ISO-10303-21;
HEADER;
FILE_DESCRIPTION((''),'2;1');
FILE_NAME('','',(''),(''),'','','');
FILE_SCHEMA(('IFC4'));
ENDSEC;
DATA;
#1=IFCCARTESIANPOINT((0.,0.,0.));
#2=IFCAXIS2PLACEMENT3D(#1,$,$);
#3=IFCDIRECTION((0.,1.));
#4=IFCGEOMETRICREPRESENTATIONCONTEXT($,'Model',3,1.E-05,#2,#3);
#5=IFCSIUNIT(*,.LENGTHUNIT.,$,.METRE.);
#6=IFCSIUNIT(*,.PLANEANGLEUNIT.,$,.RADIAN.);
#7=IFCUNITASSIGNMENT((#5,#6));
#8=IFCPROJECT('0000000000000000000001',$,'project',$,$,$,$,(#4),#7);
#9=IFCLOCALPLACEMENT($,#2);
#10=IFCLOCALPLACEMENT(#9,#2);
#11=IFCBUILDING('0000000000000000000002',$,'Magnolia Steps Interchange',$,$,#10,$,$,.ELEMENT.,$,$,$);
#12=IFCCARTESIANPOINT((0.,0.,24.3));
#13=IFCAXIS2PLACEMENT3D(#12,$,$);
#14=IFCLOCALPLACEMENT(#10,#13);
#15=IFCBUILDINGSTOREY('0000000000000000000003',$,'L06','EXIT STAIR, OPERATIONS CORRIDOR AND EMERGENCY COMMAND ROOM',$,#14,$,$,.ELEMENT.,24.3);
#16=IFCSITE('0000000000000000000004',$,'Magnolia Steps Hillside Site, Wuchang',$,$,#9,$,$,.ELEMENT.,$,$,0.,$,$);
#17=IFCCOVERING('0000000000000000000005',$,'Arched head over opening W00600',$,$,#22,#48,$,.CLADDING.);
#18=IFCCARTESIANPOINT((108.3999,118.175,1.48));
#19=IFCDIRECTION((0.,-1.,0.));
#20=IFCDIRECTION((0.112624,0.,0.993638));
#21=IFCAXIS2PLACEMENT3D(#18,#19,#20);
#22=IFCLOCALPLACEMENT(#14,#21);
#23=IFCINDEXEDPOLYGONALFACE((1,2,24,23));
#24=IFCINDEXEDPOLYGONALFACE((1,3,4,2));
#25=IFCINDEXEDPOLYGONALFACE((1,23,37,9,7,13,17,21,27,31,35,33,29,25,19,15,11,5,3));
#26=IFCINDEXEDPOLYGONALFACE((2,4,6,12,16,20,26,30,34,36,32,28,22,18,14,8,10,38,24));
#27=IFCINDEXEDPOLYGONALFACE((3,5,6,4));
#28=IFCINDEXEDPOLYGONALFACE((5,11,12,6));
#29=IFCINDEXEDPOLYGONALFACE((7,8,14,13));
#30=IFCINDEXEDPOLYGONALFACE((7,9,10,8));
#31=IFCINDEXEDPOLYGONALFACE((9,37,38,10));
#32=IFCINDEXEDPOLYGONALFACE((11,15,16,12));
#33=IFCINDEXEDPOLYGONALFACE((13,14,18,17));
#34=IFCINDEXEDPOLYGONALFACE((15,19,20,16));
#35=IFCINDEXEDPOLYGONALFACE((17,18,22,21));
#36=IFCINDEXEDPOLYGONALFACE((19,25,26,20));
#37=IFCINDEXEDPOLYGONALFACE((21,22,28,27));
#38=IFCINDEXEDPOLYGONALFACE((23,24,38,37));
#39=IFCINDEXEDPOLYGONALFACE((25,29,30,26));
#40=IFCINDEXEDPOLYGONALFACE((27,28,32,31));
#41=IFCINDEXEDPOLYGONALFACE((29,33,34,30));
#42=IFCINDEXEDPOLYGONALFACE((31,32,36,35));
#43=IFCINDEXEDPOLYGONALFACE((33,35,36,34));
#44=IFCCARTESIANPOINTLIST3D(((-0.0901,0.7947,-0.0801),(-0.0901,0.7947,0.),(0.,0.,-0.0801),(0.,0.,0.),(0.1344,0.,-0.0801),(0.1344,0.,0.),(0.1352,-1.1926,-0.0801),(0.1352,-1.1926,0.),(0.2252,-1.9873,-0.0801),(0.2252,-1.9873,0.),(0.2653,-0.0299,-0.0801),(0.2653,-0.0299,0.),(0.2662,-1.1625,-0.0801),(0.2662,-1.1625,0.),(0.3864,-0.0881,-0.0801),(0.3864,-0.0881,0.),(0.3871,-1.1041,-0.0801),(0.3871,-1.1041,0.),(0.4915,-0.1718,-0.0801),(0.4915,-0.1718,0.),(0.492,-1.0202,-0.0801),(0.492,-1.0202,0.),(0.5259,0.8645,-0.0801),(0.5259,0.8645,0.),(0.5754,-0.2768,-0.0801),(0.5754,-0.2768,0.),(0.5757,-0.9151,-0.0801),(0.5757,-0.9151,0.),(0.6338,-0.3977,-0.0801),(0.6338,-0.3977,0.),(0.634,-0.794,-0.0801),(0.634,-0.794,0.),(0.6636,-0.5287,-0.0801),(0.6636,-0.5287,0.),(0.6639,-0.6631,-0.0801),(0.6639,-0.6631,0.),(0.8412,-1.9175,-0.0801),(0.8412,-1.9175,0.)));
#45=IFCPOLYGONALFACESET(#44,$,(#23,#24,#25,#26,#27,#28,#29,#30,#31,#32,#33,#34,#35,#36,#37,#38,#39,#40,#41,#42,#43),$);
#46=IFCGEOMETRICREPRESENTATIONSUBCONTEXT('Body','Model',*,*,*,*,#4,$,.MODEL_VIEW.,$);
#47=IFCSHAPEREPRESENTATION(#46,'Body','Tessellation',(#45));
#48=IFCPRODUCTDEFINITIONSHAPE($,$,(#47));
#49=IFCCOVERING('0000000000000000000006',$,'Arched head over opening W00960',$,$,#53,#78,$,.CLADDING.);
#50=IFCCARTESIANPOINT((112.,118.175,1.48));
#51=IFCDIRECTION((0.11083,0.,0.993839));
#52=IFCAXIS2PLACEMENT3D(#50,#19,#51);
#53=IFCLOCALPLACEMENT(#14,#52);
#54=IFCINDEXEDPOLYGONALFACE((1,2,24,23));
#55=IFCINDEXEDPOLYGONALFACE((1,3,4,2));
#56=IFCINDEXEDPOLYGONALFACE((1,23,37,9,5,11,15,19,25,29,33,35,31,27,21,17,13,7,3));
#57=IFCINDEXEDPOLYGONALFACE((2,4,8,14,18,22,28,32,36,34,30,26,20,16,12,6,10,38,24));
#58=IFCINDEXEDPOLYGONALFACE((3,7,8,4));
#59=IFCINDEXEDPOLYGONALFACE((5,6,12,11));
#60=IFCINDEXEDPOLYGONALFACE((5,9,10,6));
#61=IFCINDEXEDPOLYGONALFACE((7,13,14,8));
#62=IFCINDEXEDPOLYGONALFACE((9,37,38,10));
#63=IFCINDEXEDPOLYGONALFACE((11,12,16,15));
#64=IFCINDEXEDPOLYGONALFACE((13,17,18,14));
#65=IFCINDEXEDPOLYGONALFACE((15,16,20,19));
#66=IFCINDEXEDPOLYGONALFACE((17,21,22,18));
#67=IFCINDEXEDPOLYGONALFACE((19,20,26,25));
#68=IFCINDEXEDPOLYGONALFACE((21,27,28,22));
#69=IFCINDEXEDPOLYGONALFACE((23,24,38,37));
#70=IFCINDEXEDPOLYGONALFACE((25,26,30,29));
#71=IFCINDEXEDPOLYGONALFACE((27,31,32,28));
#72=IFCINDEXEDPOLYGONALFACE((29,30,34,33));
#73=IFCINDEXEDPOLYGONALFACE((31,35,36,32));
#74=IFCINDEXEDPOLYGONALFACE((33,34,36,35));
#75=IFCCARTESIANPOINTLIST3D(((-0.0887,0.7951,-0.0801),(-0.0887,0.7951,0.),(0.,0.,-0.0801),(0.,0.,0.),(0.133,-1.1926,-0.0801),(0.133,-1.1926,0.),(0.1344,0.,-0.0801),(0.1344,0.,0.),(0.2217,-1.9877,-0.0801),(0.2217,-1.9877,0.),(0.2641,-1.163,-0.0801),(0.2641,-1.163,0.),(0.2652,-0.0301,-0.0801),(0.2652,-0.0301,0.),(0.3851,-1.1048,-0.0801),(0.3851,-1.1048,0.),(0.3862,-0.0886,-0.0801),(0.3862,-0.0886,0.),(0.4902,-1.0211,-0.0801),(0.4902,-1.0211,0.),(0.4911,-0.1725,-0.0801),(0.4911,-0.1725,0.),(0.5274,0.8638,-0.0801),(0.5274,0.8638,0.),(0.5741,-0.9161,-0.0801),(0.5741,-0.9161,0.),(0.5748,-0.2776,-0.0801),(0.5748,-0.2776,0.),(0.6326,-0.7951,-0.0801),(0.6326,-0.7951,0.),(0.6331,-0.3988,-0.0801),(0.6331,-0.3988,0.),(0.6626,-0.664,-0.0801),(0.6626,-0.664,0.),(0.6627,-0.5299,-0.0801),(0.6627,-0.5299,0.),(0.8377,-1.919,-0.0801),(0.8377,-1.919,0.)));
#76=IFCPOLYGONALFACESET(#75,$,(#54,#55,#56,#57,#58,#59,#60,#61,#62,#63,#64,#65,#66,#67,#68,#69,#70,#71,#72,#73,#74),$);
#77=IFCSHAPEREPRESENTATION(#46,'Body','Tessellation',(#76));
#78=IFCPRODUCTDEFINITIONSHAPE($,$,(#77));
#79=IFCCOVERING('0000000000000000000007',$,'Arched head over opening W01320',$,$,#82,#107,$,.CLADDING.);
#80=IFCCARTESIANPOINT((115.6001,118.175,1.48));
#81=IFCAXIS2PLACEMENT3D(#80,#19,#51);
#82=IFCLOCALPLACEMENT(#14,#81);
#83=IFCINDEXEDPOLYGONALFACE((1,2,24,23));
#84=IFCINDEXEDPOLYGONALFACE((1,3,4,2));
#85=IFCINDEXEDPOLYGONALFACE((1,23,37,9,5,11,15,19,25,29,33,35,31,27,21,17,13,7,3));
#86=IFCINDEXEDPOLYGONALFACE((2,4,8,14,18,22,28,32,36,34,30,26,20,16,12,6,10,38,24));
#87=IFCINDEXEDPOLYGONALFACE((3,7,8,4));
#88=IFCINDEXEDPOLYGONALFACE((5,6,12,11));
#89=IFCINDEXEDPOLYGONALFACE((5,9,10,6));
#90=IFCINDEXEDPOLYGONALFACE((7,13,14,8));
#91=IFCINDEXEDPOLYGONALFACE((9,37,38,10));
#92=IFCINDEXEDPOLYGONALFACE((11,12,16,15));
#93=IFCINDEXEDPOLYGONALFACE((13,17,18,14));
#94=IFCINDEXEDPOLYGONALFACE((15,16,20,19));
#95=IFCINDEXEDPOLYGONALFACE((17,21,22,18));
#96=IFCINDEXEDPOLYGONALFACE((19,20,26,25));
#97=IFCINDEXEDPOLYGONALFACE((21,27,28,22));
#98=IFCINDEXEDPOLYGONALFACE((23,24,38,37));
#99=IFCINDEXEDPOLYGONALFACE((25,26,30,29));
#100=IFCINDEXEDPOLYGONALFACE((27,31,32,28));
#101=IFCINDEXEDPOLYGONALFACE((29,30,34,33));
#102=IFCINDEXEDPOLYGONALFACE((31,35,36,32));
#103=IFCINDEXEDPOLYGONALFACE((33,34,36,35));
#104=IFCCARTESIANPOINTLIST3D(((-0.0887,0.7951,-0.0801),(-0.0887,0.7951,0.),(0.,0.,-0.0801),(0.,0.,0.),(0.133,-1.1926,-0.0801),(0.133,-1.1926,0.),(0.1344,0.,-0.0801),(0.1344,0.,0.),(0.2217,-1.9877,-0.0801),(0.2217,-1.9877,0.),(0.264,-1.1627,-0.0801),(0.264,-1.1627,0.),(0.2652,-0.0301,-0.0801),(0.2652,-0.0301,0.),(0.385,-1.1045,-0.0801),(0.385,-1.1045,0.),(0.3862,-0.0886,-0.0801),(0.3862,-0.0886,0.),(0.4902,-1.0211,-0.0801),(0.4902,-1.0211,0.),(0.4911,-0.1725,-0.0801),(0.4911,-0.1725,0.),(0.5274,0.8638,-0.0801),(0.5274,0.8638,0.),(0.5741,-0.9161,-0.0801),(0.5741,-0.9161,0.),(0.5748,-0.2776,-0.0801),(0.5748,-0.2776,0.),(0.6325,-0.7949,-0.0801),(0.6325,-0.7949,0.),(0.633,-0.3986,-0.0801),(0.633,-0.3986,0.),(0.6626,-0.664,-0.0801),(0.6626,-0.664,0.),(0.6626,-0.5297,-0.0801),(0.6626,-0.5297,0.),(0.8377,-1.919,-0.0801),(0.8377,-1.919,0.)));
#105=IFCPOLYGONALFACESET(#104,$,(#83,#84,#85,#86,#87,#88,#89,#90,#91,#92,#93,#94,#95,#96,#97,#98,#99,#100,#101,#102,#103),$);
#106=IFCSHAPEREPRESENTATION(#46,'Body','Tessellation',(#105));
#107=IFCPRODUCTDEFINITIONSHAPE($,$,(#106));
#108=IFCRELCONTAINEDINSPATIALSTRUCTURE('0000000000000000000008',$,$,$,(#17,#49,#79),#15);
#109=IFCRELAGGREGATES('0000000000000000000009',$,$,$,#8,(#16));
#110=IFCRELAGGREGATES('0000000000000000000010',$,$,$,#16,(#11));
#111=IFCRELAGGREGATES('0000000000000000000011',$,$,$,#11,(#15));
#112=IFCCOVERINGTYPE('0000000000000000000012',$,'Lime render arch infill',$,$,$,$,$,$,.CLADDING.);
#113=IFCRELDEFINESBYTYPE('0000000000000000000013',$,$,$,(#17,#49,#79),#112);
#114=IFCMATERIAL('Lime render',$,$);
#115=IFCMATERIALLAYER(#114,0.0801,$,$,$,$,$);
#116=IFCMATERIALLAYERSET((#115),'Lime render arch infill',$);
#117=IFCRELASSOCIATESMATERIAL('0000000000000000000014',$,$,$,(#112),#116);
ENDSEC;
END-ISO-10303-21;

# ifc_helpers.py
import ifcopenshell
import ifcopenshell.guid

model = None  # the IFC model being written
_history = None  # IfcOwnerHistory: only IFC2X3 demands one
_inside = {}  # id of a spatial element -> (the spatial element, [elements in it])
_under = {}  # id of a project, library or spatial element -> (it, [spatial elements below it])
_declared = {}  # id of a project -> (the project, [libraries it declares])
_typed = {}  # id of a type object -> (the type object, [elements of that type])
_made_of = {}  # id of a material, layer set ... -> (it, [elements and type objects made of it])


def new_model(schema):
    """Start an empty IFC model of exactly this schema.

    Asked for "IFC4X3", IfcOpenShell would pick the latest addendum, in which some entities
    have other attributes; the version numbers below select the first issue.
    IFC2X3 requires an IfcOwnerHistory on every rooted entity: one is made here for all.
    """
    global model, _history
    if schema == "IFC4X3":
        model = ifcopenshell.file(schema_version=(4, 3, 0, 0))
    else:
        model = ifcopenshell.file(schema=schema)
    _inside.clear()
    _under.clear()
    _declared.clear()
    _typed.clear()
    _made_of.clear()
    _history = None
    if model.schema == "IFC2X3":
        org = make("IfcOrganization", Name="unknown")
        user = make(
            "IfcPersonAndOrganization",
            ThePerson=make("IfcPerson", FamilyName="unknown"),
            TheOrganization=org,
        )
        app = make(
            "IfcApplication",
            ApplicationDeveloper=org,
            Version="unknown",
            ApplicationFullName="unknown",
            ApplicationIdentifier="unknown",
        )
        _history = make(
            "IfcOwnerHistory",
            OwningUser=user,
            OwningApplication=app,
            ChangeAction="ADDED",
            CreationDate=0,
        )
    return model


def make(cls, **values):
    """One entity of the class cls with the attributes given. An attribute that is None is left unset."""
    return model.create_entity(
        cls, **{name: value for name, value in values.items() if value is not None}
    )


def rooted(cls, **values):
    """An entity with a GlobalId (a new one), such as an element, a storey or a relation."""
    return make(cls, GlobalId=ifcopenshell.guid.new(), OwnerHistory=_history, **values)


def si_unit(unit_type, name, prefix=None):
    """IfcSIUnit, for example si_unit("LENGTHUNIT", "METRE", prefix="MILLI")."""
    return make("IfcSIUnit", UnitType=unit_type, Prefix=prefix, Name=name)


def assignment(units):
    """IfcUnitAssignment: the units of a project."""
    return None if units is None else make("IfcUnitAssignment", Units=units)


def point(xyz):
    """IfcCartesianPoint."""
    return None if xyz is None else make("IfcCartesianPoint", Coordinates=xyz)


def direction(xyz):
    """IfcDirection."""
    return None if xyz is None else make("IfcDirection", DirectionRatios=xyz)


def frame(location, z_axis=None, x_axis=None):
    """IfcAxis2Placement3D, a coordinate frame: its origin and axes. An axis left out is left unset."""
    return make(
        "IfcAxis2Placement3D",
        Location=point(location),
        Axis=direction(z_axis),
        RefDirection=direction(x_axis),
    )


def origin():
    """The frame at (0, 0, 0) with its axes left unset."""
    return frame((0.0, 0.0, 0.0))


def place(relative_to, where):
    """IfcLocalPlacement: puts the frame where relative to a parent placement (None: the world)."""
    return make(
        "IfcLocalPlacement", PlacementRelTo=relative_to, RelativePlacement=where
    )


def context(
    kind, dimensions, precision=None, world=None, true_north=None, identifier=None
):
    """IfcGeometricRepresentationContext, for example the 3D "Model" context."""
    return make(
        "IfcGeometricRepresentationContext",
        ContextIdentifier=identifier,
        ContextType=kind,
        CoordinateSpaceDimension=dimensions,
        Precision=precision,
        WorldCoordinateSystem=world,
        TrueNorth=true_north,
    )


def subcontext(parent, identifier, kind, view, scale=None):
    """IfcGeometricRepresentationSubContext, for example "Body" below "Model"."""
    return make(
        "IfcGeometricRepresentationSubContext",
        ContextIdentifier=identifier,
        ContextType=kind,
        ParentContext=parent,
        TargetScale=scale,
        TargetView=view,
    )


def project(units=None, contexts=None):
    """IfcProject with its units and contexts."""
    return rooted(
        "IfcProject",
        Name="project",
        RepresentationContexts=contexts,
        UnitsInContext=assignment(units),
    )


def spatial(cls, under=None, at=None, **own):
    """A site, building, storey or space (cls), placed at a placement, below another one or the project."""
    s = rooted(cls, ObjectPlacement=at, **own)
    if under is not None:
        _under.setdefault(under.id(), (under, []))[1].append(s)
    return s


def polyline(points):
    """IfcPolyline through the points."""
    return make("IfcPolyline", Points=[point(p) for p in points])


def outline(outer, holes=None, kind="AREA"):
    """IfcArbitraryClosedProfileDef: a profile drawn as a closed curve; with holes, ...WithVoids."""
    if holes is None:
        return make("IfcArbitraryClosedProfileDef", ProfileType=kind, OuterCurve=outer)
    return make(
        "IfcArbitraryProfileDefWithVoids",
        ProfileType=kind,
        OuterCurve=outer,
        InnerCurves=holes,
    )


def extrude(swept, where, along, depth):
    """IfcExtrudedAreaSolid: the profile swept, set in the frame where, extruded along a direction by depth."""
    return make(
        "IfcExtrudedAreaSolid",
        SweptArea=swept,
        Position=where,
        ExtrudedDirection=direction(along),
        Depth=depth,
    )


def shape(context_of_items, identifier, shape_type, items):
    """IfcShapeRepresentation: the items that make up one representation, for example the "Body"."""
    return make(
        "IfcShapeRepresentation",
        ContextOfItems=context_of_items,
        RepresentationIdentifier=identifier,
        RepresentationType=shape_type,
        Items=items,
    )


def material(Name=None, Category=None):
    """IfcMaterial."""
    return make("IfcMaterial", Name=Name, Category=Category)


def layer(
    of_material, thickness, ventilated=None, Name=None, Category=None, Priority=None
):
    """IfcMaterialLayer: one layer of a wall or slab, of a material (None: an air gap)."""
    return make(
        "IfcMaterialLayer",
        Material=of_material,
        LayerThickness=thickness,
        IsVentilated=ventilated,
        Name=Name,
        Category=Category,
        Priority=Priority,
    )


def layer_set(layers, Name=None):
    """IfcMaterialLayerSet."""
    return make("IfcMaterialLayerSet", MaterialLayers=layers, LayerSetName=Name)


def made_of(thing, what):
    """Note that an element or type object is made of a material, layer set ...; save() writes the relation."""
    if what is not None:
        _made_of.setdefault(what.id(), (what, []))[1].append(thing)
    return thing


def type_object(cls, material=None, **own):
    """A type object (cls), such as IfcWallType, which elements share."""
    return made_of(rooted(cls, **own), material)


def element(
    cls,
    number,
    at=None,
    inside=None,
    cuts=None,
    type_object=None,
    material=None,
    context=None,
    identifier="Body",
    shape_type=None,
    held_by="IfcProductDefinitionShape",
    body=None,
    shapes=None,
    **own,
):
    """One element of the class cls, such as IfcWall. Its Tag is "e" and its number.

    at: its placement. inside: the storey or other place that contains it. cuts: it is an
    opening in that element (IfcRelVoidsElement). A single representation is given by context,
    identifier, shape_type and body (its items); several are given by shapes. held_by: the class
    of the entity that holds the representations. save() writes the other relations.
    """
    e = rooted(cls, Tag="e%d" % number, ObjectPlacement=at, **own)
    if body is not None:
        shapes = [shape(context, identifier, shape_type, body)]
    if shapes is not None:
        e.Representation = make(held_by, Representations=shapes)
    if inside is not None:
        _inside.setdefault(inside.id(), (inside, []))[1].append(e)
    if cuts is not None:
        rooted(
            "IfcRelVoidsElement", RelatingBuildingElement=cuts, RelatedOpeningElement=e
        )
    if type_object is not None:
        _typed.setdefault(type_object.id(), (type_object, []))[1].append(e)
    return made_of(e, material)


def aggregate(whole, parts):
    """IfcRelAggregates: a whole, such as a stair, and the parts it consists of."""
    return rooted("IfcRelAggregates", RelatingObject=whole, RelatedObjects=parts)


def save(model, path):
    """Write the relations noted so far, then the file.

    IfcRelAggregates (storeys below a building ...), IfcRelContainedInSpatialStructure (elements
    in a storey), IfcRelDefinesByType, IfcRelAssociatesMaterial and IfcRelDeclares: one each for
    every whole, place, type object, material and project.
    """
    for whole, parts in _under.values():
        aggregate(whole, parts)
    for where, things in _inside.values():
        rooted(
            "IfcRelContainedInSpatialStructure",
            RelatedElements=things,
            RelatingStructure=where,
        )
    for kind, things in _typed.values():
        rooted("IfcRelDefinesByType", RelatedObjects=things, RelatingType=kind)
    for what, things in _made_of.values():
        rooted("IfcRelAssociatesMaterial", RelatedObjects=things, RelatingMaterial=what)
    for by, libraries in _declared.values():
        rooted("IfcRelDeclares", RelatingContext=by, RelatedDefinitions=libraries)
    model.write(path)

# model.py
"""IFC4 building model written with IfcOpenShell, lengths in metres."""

from ifc_helpers import new_model, si_unit, direction, frame, origin, place, context, subcontext, project, spatial, polyline, outline, extrude, material, layer, layer_set, type_object, element, save


model = new_model("IFC4")

# Units and contexts
model_context = context("Model", 3, precision=1e-05, world=origin(), true_north=direction((0.0, 1.0)))
body_context = subcontext(model_context, "Body", "Model", "MODEL_VIEW")
ifc_project = project(units=[si_unit("LENGTHUNIT", "METRE"), si_unit("PLANEANGLEUNIT", "RADIAN")], contexts=[model_context])

# Site, building, storey
site_placement = place(None, origin())
site = spatial("IfcSite", under=ifc_project, at=site_placement, Name="Magnolia Steps Hillside Site, Wuchang", CompositionType="ELEMENT", RefElevation=0.0)
building_placement = place(site_placement, origin())
building = spatial("IfcBuilding", under=site, at=building_placement, Name="Magnolia Steps Interchange", CompositionType="ELEMENT")
storey_placement = place(building_placement, frame((0.0, 0.0, 24.3)))
storey = spatial("IfcBuildingStorey", under=building, at=storey_placement, Name="L06", Description="EXIT STAIR, OPERATIONS CORRIDOR AND EMERGENCY COMMAND ROOM", CompositionType="ELEMENT", Elevation=24.3)

# Coverings
ifc_material_1 = material(Name="Lime render")
ifc_layer_1 = layer(ifc_material_1, 0.0801)
ifc_layer_set_1 = layer_set([ifc_layer_1], Name="Lime render arch infill")
covering_type_1 = type_object("IfcCoveringType", Name="Lime render arch infill", PredefinedType="CLADDING", material=ifc_layer_set_1)
covering_1_placement = place(storey_placement, frame((108.3999, 118.175, 1.48), z_axis=(0.0, -1.0, 0.0), x_axis=(0.112624, 0.0, 0.993638)))
element("IfcCovering", 1, at=covering_1_placement, inside=storey, type_object=covering_type_1, Name="Arched head over opening W00600", PredefinedType="CLADDING", context=body_context, shape_type="SweptSolid", body=[
    extrude(outline(polyline([(0.0, 0.0), (0.1344, 0.0), (0.2653, -0.0299), (0.3864, -0.0881), (0.4915, -0.1718), (0.5754, -0.2768), (0.6338, -0.3977), (0.6636, -0.5287), (0.6639, -0.6631), (0.634, -0.794), (0.5757, -0.9151), (0.492, -1.0202), (0.3871, -1.1041), (0.2662, -1.1625), (0.1352, -1.1926), (0.2252, -1.9873), (0.8412, -1.9175), (0.5259, 0.8645), (-0.0901, 0.7947), (0.0, 0.0)])), origin(), (0.0, 0.0, -1.0), 0.0801),
])
covering_2_placement = place(storey_placement, frame((112.0, 118.175, 1.48), z_axis=(0.0, -1.0, 0.0), x_axis=(0.11083, 0.0, 0.993839)))
element("IfcCovering", 2, at=covering_2_placement, inside=storey, type_object=covering_type_1, Name="Arched head over opening W00960", PredefinedType="CLADDING", context=body_context, shape_type="SweptSolid", body=[
    extrude(outline(polyline([(0.0, 0.0), (0.1344, 0.0), (0.2652, -0.0301), (0.3862, -0.0886), (0.4911, -0.1725), (0.5748, -0.2776), (0.6331, -0.3988), (0.6627, -0.5299), (0.6626, -0.664), (0.6326, -0.7951), (0.5741, -0.9161), (0.4902, -1.0211), (0.3851, -1.1048), (0.2641, -1.163), (0.133, -1.1926), (0.2217, -1.9877), (0.8377, -1.919), (0.5274, 0.8638), (-0.0887, 0.7951), (0.0, 0.0)])), origin(), (0.0, 0.0, -1.0), 0.0801),
])
covering_3_placement = place(storey_placement, frame((115.6001, 118.175, 1.48), z_axis=(0.0, -1.0, 0.0), x_axis=(0.11083, 0.0, 0.993839)))
element("IfcCovering", 3, at=covering_3_placement, inside=storey, type_object=covering_type_1, Name="Arched head over opening W01320", PredefinedType="CLADDING", context=body_context, shape_type="SweptSolid", body=[
    extrude(outline(polyline([(0.0, 0.0), (0.1344, 0.0), (0.2652, -0.0301), (0.3862, -0.0886), (0.4911, -0.1725), (0.5748, -0.2776), (0.633, -0.3986), (0.6626, -0.5297), (0.6626, -0.664), (0.6325, -0.7949), (0.5741, -0.9161), (0.4902, -1.0211), (0.385, -1.1045), (0.264, -1.1627), (0.133, -1.1926), (0.2217, -1.9877), (0.8377, -1.919), (0.5274, 0.8638), (-0.0887, 0.7951), (0.0, 0.0)])), origin(), (0.0, 0.0, -1.0), 0.0801),
])

save(model, "model.ifc")
